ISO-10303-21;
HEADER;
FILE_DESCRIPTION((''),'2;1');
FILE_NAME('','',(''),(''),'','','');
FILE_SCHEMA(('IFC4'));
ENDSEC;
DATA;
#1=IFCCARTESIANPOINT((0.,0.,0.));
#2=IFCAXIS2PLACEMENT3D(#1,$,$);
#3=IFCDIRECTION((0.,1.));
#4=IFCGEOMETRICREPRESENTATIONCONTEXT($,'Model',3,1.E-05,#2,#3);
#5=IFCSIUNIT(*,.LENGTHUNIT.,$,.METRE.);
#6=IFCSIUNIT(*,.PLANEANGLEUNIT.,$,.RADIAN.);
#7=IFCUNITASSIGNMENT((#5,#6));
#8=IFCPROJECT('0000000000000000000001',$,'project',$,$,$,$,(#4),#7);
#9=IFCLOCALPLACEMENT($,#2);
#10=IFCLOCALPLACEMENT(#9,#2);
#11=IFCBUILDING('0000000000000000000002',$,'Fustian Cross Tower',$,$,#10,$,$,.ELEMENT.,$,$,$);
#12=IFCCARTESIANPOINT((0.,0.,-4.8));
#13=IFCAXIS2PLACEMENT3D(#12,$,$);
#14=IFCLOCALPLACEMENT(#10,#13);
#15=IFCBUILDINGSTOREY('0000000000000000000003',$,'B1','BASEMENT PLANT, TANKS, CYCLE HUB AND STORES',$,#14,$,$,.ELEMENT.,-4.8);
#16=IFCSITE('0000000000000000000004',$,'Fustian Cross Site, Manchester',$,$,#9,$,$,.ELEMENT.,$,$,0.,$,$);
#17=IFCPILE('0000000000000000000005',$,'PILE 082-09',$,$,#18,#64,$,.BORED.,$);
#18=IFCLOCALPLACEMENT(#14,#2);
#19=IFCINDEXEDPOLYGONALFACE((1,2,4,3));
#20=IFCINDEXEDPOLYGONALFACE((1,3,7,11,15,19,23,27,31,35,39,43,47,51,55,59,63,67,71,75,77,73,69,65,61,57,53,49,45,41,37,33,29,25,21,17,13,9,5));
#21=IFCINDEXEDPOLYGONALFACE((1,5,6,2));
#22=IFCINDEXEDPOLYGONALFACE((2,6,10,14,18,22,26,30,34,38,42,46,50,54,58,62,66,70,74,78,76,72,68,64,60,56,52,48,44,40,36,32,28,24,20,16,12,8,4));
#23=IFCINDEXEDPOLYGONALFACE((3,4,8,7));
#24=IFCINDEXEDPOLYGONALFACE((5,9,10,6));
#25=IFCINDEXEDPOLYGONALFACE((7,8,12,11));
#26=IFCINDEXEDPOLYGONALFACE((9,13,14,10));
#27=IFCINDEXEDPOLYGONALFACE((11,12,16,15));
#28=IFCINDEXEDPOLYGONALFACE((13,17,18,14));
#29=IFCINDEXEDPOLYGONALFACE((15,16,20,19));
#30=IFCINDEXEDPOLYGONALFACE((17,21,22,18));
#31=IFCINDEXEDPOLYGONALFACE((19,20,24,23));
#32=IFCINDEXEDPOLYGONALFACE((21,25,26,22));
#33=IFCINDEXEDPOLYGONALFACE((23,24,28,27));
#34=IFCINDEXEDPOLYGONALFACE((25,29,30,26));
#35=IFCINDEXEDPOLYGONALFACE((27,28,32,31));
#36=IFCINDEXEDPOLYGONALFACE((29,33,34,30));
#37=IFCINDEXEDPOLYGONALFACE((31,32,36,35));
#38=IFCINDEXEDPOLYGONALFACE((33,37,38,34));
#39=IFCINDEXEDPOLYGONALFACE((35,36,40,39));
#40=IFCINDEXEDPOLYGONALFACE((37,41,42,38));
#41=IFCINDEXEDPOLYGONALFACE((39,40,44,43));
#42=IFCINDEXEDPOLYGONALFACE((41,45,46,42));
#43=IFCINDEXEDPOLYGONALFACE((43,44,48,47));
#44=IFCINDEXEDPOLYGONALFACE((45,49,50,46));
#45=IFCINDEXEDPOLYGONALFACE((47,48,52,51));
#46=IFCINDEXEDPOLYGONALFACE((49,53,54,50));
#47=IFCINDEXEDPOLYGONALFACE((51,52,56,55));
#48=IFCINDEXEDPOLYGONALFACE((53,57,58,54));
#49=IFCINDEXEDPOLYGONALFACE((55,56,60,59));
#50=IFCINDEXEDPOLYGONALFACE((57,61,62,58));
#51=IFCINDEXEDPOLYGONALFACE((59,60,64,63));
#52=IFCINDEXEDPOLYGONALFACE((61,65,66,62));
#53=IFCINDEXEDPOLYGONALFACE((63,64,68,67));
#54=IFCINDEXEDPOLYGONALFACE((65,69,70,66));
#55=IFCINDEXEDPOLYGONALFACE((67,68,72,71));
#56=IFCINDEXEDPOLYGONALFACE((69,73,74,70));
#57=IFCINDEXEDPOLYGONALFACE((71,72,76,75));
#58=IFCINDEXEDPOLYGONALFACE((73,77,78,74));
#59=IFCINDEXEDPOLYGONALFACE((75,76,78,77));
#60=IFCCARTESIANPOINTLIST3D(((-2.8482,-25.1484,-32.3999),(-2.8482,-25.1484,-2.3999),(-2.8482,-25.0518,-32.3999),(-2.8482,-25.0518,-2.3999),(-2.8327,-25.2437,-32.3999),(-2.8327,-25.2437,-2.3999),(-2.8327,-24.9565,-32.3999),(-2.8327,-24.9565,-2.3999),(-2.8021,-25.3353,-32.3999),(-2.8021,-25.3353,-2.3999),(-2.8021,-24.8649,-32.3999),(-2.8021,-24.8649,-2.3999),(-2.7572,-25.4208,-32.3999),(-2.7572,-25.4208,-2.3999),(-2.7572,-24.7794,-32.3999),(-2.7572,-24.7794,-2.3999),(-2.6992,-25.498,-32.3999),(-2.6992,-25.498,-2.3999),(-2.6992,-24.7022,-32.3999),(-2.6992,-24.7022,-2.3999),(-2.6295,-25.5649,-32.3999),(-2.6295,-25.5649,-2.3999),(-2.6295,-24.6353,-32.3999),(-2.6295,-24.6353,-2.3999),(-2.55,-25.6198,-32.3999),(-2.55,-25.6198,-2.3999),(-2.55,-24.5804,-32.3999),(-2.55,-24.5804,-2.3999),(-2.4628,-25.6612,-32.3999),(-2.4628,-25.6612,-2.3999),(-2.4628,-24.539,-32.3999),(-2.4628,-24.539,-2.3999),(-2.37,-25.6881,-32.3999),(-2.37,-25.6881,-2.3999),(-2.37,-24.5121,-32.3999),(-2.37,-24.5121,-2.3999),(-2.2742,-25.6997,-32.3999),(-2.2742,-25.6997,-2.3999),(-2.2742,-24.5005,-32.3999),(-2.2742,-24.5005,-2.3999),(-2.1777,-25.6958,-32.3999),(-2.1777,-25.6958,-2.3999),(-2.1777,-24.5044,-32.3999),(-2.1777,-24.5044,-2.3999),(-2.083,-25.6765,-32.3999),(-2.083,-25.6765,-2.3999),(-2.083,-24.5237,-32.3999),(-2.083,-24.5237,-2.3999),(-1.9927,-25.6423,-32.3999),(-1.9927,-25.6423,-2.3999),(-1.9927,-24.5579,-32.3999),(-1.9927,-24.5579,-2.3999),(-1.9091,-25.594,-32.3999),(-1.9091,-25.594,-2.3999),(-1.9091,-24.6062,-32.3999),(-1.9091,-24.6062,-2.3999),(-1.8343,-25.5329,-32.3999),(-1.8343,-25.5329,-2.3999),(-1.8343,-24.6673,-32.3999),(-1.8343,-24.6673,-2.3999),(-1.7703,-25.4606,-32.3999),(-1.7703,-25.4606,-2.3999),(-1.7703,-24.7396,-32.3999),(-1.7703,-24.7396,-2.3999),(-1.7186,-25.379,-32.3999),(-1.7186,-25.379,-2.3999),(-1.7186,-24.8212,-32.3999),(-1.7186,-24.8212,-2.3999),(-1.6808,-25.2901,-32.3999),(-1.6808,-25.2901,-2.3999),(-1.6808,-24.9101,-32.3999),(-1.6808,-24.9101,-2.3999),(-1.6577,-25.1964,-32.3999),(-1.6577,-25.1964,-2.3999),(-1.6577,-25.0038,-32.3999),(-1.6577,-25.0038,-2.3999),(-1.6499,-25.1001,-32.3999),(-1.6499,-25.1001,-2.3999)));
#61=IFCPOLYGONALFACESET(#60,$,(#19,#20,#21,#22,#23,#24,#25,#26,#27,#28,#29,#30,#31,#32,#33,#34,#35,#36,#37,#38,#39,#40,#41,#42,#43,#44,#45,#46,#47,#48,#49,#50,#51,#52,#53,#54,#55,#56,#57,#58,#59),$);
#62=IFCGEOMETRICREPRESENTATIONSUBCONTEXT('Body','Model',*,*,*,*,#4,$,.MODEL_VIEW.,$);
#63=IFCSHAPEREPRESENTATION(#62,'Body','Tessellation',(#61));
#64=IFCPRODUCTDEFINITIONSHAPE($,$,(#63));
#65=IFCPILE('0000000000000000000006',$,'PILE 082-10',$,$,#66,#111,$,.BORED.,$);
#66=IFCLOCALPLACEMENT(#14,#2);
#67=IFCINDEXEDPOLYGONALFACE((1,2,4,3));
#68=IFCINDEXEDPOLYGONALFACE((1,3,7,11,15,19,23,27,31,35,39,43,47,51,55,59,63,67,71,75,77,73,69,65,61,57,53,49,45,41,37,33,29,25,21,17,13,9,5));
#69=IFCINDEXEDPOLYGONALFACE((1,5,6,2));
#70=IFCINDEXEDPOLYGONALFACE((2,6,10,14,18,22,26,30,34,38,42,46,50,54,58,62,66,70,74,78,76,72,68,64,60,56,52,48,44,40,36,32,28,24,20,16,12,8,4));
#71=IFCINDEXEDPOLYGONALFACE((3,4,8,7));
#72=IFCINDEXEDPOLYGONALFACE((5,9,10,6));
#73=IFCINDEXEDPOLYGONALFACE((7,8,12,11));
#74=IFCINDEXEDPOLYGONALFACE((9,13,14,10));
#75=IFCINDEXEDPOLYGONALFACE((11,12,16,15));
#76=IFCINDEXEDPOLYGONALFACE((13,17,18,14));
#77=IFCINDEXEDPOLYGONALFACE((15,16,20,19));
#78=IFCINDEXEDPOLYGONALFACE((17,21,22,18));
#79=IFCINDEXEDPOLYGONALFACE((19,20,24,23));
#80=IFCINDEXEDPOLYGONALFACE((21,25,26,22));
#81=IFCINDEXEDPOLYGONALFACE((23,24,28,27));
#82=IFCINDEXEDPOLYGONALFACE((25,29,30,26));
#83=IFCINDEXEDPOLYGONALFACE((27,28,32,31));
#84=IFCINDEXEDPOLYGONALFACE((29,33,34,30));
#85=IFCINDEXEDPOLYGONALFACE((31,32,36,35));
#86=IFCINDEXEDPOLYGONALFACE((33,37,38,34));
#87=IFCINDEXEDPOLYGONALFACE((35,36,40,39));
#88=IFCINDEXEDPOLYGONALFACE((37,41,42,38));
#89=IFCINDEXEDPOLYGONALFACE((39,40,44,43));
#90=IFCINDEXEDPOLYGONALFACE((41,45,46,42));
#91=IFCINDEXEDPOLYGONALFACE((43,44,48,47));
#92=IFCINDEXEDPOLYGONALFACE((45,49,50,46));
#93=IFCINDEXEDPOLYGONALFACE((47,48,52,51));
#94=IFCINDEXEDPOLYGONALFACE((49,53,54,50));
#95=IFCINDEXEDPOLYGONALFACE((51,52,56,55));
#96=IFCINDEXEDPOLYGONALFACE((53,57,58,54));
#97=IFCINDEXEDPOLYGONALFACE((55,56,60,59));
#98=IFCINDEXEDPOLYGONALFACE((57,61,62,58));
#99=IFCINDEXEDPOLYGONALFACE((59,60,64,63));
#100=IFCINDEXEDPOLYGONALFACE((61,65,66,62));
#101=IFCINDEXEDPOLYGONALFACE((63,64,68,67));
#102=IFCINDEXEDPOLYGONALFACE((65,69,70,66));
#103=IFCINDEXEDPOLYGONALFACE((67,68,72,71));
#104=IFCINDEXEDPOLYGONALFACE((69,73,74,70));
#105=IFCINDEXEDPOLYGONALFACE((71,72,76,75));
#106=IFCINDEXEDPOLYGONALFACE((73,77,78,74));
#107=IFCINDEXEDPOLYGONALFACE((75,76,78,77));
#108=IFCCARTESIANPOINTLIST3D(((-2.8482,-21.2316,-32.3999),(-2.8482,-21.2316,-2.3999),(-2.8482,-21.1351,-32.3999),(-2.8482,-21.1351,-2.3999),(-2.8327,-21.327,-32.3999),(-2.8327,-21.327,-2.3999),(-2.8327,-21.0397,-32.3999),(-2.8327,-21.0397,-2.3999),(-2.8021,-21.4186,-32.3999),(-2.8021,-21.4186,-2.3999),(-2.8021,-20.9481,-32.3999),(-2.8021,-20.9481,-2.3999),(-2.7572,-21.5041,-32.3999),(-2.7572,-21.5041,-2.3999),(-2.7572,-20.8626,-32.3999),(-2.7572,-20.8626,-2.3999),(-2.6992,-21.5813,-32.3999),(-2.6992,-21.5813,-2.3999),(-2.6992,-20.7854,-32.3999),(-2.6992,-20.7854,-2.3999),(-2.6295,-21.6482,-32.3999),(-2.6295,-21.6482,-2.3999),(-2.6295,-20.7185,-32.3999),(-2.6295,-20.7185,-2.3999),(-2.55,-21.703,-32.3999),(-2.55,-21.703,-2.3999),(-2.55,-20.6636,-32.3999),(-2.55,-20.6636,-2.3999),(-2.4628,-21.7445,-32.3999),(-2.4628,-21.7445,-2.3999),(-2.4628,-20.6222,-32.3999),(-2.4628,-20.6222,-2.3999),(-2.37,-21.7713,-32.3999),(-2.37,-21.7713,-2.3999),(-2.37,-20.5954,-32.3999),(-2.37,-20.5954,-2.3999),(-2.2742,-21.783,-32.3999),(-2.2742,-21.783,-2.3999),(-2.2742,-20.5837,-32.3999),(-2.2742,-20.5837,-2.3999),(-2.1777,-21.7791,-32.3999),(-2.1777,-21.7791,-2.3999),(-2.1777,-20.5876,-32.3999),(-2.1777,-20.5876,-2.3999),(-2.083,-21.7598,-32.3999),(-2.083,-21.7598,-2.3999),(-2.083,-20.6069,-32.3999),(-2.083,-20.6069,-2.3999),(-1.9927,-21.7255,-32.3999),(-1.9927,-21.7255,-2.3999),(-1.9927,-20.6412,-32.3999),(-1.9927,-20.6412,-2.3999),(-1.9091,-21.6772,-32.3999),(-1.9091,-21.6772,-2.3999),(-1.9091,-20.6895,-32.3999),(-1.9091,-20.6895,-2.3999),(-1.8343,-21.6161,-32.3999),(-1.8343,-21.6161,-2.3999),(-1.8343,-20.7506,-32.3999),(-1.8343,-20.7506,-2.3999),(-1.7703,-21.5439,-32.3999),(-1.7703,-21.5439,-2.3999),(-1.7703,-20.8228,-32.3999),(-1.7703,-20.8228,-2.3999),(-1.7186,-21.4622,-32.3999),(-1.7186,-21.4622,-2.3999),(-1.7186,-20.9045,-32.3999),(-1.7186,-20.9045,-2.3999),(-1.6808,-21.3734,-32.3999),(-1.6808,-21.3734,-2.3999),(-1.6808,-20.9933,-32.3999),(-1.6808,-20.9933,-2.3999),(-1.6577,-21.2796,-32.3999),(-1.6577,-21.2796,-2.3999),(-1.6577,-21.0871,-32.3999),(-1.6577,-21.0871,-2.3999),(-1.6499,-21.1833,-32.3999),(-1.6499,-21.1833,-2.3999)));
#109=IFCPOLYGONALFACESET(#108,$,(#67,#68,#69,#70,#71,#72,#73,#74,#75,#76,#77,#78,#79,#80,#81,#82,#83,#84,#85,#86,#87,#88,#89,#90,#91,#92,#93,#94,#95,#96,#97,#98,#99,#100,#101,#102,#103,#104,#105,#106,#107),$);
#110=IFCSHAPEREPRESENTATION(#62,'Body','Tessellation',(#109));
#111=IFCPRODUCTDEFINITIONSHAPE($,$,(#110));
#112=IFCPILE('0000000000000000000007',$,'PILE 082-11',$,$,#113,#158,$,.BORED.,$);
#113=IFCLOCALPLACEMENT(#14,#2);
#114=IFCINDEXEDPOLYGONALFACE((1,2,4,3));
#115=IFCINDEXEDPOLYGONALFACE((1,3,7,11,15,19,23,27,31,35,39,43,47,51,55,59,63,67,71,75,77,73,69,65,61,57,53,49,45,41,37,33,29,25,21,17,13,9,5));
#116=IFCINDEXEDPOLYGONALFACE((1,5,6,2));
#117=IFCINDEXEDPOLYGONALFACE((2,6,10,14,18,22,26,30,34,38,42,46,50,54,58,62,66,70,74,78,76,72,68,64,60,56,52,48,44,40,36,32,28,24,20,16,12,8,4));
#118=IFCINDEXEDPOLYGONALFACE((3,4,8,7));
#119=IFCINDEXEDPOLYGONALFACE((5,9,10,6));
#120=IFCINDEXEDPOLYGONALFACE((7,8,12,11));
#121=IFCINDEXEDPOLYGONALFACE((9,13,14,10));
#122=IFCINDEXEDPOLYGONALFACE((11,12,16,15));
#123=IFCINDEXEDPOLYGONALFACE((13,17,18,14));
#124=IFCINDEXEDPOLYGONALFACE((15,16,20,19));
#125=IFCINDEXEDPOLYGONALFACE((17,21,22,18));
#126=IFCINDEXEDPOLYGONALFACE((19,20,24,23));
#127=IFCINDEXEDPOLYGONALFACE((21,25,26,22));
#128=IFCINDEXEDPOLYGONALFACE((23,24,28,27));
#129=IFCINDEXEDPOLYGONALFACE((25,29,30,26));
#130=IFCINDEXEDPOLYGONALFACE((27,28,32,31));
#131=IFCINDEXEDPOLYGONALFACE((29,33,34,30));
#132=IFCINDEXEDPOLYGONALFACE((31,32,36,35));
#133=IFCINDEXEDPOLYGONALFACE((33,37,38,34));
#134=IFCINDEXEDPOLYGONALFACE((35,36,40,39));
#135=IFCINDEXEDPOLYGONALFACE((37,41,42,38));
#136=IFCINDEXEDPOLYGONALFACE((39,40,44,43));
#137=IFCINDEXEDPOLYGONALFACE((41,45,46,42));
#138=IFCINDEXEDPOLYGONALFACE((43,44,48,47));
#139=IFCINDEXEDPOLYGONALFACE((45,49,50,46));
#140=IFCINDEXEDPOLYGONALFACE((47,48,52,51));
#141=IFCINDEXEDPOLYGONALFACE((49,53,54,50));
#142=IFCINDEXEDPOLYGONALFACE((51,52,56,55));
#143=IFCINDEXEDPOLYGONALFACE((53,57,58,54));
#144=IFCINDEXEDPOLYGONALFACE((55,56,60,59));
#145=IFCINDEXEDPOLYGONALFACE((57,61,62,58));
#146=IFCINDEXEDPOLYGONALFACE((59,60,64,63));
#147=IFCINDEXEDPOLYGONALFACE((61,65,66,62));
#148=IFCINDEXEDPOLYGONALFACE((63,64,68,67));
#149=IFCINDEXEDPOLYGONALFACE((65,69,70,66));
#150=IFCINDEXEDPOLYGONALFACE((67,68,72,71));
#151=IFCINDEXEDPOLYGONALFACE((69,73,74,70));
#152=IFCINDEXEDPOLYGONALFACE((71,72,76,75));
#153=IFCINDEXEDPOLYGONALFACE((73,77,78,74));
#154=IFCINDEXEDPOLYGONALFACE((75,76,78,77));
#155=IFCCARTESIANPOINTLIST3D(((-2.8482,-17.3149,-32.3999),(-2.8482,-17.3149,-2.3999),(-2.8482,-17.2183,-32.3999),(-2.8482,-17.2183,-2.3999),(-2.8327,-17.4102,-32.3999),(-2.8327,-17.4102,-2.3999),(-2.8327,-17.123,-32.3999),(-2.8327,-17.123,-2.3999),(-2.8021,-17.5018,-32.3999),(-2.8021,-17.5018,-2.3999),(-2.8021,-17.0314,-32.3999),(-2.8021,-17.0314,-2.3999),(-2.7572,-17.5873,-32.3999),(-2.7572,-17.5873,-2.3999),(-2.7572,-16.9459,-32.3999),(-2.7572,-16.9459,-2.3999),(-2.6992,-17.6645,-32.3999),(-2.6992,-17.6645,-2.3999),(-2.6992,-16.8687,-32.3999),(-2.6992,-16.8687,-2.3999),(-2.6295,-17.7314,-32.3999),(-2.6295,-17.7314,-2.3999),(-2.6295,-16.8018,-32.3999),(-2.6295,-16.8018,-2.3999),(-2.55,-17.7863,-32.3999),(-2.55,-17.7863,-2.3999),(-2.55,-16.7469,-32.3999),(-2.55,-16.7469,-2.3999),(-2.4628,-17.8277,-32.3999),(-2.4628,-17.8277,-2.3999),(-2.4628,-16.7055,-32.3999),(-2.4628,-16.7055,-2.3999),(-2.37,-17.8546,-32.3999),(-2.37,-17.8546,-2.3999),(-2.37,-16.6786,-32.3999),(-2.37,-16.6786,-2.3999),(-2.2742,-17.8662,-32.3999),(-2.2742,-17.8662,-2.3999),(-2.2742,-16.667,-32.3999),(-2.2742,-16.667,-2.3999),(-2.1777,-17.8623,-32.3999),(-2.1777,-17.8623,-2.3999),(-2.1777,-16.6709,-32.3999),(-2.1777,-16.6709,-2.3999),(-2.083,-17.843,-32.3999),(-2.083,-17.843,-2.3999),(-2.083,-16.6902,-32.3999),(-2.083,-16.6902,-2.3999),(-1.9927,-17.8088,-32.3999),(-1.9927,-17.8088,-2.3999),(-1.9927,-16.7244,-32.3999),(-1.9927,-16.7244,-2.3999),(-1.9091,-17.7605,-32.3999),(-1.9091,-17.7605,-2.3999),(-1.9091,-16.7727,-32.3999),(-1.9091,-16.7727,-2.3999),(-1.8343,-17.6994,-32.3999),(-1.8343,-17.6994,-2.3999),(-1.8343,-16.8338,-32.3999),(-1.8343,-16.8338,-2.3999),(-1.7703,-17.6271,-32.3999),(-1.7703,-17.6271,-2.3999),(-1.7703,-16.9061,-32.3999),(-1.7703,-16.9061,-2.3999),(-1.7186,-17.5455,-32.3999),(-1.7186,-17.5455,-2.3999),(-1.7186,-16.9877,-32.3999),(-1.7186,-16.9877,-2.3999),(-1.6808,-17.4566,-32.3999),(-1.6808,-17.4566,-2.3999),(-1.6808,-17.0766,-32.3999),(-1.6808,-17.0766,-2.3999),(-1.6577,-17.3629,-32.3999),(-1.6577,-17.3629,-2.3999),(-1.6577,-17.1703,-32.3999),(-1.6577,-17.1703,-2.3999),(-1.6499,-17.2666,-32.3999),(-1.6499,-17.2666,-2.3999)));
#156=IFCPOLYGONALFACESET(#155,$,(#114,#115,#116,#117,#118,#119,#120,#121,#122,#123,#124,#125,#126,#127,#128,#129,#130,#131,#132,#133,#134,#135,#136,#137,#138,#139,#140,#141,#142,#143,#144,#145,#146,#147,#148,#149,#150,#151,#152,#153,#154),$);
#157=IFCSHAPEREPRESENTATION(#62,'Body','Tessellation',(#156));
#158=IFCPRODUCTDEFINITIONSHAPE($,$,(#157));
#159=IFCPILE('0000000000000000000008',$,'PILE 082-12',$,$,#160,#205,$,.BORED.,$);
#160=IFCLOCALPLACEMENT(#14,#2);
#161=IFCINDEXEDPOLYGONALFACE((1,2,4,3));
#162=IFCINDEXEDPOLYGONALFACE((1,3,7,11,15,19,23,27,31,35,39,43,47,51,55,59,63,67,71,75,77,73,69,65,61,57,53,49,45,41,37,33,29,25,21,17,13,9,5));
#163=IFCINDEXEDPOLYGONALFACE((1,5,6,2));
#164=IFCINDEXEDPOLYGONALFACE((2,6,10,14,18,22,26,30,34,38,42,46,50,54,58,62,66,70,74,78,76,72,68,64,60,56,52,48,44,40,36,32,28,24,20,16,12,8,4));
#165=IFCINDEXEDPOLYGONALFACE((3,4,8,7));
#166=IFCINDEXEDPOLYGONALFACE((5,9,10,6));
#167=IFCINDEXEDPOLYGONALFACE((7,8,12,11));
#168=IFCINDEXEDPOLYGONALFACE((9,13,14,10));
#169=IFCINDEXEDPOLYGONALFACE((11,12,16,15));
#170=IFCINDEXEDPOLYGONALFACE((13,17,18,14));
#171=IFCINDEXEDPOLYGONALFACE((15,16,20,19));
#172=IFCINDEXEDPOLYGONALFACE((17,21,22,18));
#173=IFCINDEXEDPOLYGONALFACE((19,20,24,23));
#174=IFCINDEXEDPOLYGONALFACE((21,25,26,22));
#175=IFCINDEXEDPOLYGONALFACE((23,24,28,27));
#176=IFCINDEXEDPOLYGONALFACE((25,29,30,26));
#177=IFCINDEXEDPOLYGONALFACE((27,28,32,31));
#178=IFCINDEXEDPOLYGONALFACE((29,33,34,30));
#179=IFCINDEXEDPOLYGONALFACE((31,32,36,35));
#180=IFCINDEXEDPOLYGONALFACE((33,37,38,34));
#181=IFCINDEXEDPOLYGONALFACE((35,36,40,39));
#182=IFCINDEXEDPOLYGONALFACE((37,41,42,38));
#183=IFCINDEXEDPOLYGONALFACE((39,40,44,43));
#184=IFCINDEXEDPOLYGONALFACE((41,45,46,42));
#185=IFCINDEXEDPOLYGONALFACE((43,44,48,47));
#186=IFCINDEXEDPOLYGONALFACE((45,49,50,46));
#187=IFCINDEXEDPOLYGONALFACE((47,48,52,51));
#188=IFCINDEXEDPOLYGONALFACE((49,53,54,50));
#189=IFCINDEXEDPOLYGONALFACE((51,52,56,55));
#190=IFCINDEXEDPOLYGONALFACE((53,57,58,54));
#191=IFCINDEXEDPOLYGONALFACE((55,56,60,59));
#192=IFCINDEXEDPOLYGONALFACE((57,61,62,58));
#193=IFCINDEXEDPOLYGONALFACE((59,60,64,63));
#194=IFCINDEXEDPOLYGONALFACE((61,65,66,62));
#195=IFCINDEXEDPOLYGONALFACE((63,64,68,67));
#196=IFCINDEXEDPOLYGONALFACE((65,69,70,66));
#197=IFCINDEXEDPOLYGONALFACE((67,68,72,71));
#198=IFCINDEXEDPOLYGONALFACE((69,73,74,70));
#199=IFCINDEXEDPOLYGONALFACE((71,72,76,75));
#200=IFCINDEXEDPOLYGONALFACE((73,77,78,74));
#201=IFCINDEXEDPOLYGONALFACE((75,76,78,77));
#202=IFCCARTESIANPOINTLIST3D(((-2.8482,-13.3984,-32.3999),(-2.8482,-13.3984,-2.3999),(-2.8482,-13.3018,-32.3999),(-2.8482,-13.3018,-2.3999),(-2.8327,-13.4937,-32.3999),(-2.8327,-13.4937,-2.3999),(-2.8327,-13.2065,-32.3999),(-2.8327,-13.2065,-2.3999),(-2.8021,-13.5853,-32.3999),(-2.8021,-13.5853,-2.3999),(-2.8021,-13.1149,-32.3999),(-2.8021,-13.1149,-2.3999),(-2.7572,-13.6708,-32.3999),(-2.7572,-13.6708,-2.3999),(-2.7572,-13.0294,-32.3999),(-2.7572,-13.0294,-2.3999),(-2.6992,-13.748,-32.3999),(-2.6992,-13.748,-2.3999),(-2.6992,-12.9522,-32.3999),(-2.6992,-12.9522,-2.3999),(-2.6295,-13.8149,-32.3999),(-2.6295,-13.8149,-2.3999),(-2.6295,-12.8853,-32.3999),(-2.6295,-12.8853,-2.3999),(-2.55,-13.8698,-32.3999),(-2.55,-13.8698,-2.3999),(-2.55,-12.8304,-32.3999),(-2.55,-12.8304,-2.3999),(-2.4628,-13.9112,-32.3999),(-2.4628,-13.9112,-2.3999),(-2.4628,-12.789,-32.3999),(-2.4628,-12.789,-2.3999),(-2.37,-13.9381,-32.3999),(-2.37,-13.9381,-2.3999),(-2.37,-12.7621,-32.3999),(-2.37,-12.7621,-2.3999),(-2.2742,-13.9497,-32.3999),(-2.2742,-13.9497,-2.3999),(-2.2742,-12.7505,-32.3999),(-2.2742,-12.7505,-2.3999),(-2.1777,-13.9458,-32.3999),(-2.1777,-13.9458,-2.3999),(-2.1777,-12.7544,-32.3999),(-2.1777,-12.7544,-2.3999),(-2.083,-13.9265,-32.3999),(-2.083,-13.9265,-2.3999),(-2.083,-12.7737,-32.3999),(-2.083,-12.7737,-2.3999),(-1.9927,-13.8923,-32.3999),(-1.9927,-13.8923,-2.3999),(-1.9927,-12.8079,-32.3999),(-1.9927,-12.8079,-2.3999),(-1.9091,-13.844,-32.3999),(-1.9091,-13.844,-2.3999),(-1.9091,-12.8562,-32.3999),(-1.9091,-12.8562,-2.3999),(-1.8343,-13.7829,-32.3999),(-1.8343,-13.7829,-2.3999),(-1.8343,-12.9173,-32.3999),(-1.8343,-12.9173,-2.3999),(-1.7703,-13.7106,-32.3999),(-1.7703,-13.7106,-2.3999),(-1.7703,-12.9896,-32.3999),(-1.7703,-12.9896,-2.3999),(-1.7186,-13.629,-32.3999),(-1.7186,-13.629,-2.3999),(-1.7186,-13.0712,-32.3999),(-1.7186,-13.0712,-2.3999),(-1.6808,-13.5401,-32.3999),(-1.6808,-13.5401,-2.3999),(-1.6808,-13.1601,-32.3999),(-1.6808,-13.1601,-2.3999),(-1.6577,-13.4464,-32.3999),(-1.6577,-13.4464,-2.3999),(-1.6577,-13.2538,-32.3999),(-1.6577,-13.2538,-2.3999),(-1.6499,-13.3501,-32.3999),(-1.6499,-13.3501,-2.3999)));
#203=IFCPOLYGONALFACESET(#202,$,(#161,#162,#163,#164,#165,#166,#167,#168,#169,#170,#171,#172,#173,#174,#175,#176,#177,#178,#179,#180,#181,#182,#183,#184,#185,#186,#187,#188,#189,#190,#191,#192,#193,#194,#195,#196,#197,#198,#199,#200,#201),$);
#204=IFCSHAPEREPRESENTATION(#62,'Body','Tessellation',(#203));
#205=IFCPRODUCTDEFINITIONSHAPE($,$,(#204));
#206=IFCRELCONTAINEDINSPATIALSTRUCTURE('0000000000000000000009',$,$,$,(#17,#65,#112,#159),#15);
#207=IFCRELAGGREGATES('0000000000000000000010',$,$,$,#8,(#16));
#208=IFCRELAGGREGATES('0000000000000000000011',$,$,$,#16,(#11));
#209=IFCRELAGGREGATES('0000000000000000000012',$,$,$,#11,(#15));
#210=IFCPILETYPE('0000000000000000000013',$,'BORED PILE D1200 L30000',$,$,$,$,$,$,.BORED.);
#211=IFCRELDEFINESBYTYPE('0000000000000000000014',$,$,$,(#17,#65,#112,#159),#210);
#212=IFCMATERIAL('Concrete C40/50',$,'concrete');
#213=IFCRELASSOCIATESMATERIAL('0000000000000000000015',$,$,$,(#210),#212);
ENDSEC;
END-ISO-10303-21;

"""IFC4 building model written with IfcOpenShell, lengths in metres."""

from ifc_helpers import new_model, si_unit, direction, frame, origin, origin_2d, place, context, subcontext, project, spatial, circle, extrude, material, material_profile, profile_set, type_object, element, save


model = new_model("IFC4")

# Units and contexts
model_context = context("Model", 3, precision=1e-05, world=origin(), true_north=direction((0.0, 1.0)))
body_context = subcontext(model_context, "Body", "Model", "MODEL_VIEW")
ifc_project = project(units=[si_unit("LENGTHUNIT", "METRE"), si_unit("PLANEANGLEUNIT", "RADIAN")], contexts=[model_context])

# Site, building, storey
site_placement = place(None, origin())
site = spatial("IfcSite", under=ifc_project, at=site_placement, Name="Fustian Cross Site, Manchester", CompositionType="ELEMENT", RefElevation=0.0)
building_placement = place(site_placement, origin())
building = spatial("IfcBuilding", under=site, at=building_placement, Name="Fustian Cross Tower", CompositionType="ELEMENT")
storey_placement = place(building_placement, frame((0.0, 0.0, -4.8)))
storey = spatial("IfcBuildingStorey", under=building, at=storey_placement, Name="B1", Description="BASEMENT PLANT, TANKS, CYCLE HUB AND STORES", CompositionType="ELEMENT", Elevation=-4.8)

# Piles
ifc_material_1 = material(Name="Concrete C40/50", Category="concrete")
ifc_material_profile_1 = material_profile(ifc_material_1, circle(Radius=0.6001, at=origin_2d()), Name="BORED PILE D1200 L30000")
ifc_profile_set_1 = profile_set([ifc_material_profile_1], Name="Concrete C40/50")
pile_type = type_object("IfcPileType", Name="BORED PILE D1200 L30000", PredefinedType="BORED", material=ifc_profile_set_1)
for number, where, z_axis, x_axis, name in (
    (1, (-2.25, -25.1001, -2.3999), (0.0, 0.0, -1.0), (1.0, 0.0, 0.0), "PILE 082-09"),
    (2, (-2.25, -21.1833, -2.3999), (0.0, 0.0, -1.0), (1.0, 0.0, 0.0), "PILE 082-10"),
    (3, (-2.25, -17.2666, -2.3999), (0.0, 0.0, -1.0), (1.0, 0.0, 0.0), "PILE 082-11"),
    (4, (-2.25, -13.3501, -2.3999), (0.0, 0.0, -1.0), (1.0, 0.0, 0.0), "PILE 082-12"),
):
    element("IfcPile", number, at=place(storey_placement, frame(where, z_axis=z_axis, x_axis=x_axis)), inside=storey, type_object=pile_type, Name=name, PredefinedType="BORED", context=body_context, shape_type="SweptSolid", body=[
        extrude(circle(Radius=0.6001, at=origin_2d()), origin(), (0.0, 0.0, 1.0), 30.0),
    ])

save(model, "model.ifc")
